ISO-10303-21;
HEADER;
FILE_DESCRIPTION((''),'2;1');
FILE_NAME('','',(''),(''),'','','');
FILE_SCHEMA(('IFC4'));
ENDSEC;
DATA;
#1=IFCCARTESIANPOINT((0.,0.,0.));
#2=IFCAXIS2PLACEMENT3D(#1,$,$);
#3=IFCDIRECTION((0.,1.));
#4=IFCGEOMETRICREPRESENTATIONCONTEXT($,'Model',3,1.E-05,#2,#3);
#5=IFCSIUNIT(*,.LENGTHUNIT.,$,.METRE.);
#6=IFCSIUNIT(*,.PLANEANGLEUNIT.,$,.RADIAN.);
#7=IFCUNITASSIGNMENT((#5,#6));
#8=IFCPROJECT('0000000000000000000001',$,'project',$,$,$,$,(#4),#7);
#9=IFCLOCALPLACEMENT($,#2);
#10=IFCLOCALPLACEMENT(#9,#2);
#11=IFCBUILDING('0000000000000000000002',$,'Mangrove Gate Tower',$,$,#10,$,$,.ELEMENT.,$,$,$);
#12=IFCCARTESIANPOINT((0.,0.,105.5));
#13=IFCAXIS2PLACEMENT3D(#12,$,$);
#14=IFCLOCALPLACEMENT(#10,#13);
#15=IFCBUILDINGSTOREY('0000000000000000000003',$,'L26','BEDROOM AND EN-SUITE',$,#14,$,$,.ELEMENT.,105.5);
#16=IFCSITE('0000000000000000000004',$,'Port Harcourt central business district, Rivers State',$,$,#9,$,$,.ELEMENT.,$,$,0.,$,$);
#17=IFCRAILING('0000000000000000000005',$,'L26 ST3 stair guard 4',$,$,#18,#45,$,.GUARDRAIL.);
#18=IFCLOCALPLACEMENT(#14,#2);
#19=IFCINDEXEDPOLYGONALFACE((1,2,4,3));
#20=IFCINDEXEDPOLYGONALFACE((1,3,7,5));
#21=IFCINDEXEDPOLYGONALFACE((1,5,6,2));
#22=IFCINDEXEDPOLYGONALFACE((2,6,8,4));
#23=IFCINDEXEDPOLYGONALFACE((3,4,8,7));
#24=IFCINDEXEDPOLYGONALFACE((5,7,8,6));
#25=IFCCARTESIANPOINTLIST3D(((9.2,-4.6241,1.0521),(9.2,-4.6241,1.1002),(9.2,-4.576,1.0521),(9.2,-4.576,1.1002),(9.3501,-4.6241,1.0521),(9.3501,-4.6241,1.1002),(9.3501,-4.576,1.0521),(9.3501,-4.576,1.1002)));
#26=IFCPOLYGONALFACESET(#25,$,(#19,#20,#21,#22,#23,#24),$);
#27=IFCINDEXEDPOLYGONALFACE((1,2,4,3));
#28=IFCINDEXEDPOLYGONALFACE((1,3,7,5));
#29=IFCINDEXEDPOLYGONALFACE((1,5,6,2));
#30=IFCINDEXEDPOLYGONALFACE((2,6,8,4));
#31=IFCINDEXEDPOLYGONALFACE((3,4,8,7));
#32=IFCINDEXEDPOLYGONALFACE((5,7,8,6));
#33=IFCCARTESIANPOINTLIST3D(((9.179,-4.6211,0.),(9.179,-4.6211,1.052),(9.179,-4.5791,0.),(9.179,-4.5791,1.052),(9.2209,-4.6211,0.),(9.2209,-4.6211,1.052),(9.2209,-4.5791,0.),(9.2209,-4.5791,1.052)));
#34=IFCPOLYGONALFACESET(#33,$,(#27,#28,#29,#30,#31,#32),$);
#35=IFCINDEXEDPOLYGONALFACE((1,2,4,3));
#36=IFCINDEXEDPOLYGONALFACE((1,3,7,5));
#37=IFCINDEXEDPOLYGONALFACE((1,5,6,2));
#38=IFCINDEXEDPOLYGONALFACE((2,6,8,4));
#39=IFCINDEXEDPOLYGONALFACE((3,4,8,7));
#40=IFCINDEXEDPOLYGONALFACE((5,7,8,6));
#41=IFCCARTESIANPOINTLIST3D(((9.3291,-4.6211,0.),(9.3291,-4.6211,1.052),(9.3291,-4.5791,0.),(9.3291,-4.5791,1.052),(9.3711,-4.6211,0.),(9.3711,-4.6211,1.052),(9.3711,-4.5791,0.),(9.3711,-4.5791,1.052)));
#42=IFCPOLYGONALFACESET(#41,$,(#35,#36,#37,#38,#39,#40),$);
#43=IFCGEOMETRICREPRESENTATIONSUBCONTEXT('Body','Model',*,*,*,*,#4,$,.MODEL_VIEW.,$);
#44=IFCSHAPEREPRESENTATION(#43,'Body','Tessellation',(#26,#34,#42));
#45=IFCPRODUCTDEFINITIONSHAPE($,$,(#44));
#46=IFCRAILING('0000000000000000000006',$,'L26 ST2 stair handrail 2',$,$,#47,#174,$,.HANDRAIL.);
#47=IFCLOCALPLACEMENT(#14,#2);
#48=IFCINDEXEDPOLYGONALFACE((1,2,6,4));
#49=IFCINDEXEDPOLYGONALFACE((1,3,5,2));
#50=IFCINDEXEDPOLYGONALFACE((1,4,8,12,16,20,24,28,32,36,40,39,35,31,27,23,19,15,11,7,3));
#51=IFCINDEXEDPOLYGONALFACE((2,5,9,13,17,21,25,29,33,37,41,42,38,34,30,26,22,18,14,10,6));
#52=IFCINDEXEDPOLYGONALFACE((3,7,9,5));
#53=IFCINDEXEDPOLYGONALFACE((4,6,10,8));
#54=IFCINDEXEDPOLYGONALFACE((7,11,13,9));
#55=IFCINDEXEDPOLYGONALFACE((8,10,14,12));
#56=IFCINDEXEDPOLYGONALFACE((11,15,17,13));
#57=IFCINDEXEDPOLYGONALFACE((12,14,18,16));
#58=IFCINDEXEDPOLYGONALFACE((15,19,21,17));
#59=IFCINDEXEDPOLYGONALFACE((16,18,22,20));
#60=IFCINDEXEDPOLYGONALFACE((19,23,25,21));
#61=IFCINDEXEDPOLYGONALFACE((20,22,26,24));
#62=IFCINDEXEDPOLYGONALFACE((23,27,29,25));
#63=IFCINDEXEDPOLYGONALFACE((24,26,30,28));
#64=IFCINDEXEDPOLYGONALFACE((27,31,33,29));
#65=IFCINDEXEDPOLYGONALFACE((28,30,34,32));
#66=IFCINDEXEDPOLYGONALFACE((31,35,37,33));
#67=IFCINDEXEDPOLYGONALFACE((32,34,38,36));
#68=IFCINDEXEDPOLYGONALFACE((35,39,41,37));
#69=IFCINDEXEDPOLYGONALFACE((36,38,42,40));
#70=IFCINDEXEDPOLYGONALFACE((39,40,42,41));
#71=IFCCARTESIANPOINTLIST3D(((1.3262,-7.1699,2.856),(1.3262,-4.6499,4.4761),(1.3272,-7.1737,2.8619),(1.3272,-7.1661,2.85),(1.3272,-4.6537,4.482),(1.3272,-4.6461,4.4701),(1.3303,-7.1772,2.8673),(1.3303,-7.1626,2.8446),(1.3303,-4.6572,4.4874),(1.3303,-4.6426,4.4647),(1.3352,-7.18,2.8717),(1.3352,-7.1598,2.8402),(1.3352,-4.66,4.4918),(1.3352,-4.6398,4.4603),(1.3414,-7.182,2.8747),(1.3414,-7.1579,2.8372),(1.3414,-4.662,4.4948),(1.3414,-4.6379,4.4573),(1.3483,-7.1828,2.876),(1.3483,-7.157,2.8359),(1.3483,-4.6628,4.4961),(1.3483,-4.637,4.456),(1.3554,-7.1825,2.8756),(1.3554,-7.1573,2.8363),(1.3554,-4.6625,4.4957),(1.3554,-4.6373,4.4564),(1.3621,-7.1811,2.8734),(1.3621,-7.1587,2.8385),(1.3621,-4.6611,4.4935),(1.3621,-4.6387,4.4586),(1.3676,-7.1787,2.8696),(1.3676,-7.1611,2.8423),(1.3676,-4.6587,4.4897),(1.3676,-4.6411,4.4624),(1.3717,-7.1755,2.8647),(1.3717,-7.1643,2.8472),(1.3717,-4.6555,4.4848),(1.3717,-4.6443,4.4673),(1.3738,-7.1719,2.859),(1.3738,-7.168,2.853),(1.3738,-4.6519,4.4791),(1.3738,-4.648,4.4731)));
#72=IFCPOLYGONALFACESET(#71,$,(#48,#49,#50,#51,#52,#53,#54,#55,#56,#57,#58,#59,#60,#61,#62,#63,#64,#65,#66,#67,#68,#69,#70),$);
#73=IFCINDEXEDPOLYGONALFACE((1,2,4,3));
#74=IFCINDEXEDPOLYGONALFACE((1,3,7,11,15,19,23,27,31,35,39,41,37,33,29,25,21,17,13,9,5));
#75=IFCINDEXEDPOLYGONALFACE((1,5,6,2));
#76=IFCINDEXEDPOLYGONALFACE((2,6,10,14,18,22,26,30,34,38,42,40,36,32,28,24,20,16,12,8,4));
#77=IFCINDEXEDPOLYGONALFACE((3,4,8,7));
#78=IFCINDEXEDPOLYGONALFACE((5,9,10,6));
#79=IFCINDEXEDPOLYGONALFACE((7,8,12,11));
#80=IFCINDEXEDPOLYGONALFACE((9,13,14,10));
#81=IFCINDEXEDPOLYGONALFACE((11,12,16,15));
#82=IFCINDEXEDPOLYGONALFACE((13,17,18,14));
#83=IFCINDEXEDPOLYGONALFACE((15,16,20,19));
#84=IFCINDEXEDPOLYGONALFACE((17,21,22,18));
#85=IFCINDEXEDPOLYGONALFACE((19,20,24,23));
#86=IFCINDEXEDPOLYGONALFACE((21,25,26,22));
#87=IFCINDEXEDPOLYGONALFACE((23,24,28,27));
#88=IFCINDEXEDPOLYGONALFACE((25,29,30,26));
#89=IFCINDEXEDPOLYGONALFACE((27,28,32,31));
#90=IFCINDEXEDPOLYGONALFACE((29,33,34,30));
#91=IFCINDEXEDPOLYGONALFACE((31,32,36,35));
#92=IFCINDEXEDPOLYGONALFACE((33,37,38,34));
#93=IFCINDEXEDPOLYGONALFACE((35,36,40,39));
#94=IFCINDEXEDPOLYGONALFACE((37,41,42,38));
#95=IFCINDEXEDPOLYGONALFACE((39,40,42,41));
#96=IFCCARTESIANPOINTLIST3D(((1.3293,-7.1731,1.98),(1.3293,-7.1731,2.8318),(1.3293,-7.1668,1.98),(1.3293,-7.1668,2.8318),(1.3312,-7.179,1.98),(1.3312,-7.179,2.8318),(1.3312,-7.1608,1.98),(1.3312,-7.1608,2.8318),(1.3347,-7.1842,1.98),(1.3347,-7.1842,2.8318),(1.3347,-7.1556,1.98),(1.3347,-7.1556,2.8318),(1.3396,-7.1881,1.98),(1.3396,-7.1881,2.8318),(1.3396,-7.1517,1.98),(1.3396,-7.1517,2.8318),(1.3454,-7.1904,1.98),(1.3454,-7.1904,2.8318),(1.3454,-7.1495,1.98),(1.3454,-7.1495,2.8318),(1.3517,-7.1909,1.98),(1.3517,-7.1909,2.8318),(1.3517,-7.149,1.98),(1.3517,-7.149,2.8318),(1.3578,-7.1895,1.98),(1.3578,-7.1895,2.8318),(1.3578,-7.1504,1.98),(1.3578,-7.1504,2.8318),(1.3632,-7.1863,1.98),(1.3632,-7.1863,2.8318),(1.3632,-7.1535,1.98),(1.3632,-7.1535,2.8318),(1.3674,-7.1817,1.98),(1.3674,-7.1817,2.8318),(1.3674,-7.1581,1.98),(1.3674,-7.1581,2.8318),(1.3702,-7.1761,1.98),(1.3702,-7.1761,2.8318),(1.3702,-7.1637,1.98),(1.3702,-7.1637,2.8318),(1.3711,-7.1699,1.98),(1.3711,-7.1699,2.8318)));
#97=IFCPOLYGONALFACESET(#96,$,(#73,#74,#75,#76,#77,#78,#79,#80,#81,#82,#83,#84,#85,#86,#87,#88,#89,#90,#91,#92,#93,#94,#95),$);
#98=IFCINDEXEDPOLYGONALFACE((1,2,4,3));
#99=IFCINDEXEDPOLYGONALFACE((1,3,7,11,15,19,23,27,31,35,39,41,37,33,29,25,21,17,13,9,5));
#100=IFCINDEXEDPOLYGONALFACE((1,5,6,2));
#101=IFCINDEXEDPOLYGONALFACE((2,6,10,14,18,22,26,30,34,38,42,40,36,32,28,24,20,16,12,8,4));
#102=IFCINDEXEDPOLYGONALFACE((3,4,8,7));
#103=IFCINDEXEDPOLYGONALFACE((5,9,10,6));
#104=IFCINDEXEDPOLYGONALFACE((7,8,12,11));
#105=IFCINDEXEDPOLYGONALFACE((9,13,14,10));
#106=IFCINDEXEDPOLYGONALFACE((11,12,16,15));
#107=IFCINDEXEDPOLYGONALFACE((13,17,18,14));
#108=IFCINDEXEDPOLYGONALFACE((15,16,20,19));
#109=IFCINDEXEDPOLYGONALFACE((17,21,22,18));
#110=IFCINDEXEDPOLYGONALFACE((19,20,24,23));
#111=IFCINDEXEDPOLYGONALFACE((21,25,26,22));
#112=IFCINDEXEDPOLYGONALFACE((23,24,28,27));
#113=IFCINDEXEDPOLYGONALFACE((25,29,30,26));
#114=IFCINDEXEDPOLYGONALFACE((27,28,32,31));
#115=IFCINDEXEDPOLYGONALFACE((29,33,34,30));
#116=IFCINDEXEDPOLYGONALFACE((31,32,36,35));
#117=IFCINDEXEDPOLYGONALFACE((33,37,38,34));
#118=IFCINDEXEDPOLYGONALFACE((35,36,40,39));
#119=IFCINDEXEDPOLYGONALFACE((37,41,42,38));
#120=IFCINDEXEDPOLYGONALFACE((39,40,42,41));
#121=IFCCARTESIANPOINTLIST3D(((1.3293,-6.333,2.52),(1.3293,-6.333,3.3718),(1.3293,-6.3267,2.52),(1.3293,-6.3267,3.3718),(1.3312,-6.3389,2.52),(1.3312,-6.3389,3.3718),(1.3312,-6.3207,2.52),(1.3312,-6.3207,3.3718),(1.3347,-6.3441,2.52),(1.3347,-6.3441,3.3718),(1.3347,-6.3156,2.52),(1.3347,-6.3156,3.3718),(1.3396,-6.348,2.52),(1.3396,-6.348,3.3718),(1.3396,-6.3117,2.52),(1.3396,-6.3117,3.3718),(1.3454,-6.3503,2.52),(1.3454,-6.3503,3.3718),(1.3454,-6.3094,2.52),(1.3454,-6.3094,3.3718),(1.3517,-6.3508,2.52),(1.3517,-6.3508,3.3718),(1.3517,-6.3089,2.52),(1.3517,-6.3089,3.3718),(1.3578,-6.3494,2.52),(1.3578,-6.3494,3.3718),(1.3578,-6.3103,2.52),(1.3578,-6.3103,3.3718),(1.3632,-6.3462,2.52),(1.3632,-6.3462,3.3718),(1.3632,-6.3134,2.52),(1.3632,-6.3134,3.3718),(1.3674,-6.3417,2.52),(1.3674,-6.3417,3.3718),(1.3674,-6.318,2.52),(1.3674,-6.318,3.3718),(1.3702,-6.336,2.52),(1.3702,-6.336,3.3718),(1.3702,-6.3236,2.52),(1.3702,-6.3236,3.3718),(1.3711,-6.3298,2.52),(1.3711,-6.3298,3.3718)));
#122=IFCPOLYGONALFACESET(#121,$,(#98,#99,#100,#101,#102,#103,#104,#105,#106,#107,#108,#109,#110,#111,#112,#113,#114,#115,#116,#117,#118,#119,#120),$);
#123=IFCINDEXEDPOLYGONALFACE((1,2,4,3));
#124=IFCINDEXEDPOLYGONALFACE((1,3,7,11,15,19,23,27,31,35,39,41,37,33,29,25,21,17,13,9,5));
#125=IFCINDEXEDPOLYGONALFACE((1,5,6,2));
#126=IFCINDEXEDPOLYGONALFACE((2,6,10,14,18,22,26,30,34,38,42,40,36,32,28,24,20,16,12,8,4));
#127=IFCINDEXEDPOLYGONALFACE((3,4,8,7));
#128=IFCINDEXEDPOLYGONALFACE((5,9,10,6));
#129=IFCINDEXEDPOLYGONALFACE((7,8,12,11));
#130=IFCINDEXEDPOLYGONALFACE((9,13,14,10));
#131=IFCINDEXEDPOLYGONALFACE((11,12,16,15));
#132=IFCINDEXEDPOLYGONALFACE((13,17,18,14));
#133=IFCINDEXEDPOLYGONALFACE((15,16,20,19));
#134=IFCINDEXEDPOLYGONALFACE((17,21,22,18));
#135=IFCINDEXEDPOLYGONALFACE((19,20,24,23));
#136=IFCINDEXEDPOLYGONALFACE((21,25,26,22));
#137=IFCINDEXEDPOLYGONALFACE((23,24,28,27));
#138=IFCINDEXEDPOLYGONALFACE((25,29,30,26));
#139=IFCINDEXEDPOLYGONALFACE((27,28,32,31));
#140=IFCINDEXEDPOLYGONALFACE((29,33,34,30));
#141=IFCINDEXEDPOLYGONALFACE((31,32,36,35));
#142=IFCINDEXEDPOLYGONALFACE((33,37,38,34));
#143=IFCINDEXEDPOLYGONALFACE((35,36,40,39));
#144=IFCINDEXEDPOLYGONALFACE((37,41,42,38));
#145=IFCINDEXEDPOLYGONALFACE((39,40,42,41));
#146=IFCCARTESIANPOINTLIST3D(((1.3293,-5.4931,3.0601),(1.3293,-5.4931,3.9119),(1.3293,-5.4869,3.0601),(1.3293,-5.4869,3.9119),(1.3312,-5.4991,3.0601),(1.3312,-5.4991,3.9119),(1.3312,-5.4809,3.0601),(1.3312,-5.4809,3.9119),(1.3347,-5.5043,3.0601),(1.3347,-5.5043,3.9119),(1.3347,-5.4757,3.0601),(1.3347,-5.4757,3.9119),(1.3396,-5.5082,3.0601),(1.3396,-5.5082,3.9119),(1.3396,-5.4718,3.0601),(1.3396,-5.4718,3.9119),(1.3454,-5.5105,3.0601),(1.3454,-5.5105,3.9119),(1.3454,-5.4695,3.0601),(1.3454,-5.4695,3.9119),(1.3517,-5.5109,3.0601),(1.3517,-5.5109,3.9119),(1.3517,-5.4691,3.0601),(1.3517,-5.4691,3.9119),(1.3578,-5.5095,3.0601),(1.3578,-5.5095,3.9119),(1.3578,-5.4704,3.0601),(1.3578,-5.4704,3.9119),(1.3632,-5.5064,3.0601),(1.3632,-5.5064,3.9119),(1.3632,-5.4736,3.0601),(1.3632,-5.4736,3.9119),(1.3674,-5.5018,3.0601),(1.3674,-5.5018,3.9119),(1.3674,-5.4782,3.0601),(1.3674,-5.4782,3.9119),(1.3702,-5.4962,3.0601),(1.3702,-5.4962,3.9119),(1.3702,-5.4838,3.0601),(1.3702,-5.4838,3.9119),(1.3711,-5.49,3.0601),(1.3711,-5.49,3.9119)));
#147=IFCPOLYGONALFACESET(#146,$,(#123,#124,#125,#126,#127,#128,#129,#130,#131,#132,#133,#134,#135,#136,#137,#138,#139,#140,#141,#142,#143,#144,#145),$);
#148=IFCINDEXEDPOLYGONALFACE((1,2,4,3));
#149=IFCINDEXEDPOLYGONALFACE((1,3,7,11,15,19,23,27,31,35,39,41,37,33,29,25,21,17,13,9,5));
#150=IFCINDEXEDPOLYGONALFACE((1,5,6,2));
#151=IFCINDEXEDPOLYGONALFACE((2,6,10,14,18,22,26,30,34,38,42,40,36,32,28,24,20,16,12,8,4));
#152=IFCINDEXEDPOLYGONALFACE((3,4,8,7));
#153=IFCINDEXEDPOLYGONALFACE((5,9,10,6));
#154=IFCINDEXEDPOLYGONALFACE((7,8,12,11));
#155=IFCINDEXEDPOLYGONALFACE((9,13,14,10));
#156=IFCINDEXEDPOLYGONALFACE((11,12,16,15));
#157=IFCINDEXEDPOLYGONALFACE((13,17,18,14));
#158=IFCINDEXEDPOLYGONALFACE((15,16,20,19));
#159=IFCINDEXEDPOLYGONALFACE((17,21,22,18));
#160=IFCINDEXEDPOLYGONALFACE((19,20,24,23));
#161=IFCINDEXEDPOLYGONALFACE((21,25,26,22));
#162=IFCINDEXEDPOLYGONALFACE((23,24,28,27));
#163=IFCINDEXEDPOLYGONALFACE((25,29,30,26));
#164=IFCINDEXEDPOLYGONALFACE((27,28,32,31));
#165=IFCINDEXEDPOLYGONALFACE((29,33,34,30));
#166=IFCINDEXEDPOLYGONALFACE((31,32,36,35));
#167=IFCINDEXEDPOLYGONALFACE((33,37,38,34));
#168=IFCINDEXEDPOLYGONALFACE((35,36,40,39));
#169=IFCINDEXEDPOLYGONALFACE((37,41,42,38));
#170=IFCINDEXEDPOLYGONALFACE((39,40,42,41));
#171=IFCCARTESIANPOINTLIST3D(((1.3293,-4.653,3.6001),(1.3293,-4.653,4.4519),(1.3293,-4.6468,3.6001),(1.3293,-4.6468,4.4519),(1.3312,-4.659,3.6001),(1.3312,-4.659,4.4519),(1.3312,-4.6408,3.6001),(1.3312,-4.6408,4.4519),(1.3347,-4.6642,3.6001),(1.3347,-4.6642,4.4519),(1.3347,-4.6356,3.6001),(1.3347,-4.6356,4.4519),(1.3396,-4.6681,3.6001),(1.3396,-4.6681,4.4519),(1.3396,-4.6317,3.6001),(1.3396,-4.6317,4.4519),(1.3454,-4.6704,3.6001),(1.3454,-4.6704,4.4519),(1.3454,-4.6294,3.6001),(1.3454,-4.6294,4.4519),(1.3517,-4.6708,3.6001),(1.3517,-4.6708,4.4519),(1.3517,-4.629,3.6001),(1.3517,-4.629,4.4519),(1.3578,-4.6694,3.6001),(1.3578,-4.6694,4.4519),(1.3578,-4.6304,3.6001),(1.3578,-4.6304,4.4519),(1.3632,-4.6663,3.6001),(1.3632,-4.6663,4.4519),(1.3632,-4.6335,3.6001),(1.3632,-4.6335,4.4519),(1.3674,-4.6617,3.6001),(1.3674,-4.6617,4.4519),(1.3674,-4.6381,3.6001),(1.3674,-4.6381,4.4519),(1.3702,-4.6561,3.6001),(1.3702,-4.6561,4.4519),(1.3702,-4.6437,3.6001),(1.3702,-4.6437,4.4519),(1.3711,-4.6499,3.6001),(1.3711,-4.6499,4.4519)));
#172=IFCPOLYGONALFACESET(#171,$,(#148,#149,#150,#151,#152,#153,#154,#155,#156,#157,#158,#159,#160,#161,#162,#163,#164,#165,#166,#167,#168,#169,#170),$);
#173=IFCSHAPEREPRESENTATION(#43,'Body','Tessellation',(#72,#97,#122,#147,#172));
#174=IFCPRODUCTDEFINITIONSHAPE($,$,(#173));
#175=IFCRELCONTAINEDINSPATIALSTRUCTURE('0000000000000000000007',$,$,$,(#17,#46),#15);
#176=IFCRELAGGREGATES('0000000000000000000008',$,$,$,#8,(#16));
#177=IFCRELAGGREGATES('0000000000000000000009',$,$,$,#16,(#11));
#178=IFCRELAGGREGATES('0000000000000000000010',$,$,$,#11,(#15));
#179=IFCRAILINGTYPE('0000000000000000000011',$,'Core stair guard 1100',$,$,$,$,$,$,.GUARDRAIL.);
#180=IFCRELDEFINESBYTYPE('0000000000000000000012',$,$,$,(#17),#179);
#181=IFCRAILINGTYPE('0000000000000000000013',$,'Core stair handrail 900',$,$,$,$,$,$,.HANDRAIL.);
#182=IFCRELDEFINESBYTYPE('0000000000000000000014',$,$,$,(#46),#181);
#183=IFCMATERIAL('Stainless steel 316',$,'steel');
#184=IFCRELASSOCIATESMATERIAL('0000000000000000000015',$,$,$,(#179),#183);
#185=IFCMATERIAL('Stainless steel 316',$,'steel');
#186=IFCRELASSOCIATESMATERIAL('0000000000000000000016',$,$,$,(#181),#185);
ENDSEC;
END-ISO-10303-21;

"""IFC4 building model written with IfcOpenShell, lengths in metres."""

from ifc_helpers import new_model, si_unit, direction, frame, origin, origin_2d, place, context, subcontext, project, spatial, rectangle, circle, extrude, material, type_object, element, save


model = new_model("IFC4")

# Units and contexts
model_context = context("Model", 3, precision=1e-05, world=origin(), true_north=direction((0.0, 1.0)))
body_context = subcontext(model_context, "Body", "Model", "MODEL_VIEW")
ifc_project = project(units=[si_unit("LENGTHUNIT", "METRE"), si_unit("PLANEANGLEUNIT", "RADIAN")], contexts=[model_context])

# Site, building, storey
site_placement = place(None, origin())
site = spatial("IfcSite", under=ifc_project, at=site_placement, Name="Port Harcourt central business district, Rivers State", CompositionType="ELEMENT", RefElevation=0.0)
building_placement = place(site_placement, origin())
building = spatial("IfcBuilding", under=site, at=building_placement, Name="Mangrove Gate Tower", CompositionType="ELEMENT")
storey_placement = place(building_placement, frame((0.0, 0.0, 105.5)))
storey = spatial("IfcBuildingStorey", under=building, at=storey_placement, Name="L26", Description="BEDROOM AND EN-SUITE", CompositionType="ELEMENT", Elevation=105.5)

# Railings
ifc_material_1 = material(Name="Stainless steel 316", Category="steel")
railing_type_1 = type_object("IfcRailingType", Name="Core stair guard 1100", PredefinedType="GUARDRAIL", material=ifc_material_1)
railing_1_placement = place(storey_placement, frame((9.2, -4.6001, 0.0)))
element("IfcRailing", 1, at=railing_1_placement, inside=storey, type_object=railing_type_1, Name="L26 ST3 stair guard 4", PredefinedType="GUARDRAIL", context=body_context, shape_type="SweptSolid", body=[
    extrude(rectangle(XDim=0.0481, YDim=0.0481, at=origin_2d()), frame((0.0, 0.0, 1.0762), z_axis=(1.0, 0.0, 0.0), x_axis=(0.0, 1.0, 0.0)), (0.0, 0.0, 1.0), 0.1501),
    extrude(rectangle(XDim=0.042, YDim=0.042, at=origin_2d()), origin(), (0.0, 0.0, 1.0), 1.052),
    extrude(rectangle(XDim=0.042, YDim=0.042, at=origin_2d()), frame((0.1501, 0.0, 0.0)), (0.0, 0.0, 1.0), 1.052),
])
ifc_material_2 = material(Name="Stainless steel 316", Category="steel")
railing_type_2 = type_object("IfcRailingType", Name="Core stair handrail 900", PredefinedType="HANDRAIL", material=ifc_material_2)
railing_2_placement = place(storey_placement, frame((1.3501, -7.1699, 1.98)))
element("IfcRailing", 2, at=railing_2_placement, inside=storey, type_object=railing_type_2, Name="L26 ST2 stair handrail 2", PredefinedType="HANDRAIL", context=body_context, shape_type="SweptSolid", body=[
    extrude(circle(Radius=0.0239, at=origin_2d()), frame((0.0, 0.0, 0.876), z_axis=(0.0, 0.841163, 0.540782), x_axis=(-1.0, 0.0, 0.0)), (0.0, 0.0, 1.0), 2.9958),
    extrude(circle(Radius=0.021, at=origin_2d()), origin(), (0.0, 0.0, 1.0), 0.8518),
    extrude(circle(Radius=0.021, at=origin_2d()), frame((0.0, 0.8401, 0.54)), (0.0, 0.0, 1.0), 0.8518),
    extrude(circle(Radius=0.021, at=origin_2d()), frame((0.0, 1.6799, 1.0801)), (0.0, 0.0, 1.0), 0.8518),
    extrude(circle(Radius=0.021, at=origin_2d()), frame((0.0, 2.52, 1.6201)), (0.0, 0.0, 1.0), 0.8518),
])

save(model, "model.ifc")
